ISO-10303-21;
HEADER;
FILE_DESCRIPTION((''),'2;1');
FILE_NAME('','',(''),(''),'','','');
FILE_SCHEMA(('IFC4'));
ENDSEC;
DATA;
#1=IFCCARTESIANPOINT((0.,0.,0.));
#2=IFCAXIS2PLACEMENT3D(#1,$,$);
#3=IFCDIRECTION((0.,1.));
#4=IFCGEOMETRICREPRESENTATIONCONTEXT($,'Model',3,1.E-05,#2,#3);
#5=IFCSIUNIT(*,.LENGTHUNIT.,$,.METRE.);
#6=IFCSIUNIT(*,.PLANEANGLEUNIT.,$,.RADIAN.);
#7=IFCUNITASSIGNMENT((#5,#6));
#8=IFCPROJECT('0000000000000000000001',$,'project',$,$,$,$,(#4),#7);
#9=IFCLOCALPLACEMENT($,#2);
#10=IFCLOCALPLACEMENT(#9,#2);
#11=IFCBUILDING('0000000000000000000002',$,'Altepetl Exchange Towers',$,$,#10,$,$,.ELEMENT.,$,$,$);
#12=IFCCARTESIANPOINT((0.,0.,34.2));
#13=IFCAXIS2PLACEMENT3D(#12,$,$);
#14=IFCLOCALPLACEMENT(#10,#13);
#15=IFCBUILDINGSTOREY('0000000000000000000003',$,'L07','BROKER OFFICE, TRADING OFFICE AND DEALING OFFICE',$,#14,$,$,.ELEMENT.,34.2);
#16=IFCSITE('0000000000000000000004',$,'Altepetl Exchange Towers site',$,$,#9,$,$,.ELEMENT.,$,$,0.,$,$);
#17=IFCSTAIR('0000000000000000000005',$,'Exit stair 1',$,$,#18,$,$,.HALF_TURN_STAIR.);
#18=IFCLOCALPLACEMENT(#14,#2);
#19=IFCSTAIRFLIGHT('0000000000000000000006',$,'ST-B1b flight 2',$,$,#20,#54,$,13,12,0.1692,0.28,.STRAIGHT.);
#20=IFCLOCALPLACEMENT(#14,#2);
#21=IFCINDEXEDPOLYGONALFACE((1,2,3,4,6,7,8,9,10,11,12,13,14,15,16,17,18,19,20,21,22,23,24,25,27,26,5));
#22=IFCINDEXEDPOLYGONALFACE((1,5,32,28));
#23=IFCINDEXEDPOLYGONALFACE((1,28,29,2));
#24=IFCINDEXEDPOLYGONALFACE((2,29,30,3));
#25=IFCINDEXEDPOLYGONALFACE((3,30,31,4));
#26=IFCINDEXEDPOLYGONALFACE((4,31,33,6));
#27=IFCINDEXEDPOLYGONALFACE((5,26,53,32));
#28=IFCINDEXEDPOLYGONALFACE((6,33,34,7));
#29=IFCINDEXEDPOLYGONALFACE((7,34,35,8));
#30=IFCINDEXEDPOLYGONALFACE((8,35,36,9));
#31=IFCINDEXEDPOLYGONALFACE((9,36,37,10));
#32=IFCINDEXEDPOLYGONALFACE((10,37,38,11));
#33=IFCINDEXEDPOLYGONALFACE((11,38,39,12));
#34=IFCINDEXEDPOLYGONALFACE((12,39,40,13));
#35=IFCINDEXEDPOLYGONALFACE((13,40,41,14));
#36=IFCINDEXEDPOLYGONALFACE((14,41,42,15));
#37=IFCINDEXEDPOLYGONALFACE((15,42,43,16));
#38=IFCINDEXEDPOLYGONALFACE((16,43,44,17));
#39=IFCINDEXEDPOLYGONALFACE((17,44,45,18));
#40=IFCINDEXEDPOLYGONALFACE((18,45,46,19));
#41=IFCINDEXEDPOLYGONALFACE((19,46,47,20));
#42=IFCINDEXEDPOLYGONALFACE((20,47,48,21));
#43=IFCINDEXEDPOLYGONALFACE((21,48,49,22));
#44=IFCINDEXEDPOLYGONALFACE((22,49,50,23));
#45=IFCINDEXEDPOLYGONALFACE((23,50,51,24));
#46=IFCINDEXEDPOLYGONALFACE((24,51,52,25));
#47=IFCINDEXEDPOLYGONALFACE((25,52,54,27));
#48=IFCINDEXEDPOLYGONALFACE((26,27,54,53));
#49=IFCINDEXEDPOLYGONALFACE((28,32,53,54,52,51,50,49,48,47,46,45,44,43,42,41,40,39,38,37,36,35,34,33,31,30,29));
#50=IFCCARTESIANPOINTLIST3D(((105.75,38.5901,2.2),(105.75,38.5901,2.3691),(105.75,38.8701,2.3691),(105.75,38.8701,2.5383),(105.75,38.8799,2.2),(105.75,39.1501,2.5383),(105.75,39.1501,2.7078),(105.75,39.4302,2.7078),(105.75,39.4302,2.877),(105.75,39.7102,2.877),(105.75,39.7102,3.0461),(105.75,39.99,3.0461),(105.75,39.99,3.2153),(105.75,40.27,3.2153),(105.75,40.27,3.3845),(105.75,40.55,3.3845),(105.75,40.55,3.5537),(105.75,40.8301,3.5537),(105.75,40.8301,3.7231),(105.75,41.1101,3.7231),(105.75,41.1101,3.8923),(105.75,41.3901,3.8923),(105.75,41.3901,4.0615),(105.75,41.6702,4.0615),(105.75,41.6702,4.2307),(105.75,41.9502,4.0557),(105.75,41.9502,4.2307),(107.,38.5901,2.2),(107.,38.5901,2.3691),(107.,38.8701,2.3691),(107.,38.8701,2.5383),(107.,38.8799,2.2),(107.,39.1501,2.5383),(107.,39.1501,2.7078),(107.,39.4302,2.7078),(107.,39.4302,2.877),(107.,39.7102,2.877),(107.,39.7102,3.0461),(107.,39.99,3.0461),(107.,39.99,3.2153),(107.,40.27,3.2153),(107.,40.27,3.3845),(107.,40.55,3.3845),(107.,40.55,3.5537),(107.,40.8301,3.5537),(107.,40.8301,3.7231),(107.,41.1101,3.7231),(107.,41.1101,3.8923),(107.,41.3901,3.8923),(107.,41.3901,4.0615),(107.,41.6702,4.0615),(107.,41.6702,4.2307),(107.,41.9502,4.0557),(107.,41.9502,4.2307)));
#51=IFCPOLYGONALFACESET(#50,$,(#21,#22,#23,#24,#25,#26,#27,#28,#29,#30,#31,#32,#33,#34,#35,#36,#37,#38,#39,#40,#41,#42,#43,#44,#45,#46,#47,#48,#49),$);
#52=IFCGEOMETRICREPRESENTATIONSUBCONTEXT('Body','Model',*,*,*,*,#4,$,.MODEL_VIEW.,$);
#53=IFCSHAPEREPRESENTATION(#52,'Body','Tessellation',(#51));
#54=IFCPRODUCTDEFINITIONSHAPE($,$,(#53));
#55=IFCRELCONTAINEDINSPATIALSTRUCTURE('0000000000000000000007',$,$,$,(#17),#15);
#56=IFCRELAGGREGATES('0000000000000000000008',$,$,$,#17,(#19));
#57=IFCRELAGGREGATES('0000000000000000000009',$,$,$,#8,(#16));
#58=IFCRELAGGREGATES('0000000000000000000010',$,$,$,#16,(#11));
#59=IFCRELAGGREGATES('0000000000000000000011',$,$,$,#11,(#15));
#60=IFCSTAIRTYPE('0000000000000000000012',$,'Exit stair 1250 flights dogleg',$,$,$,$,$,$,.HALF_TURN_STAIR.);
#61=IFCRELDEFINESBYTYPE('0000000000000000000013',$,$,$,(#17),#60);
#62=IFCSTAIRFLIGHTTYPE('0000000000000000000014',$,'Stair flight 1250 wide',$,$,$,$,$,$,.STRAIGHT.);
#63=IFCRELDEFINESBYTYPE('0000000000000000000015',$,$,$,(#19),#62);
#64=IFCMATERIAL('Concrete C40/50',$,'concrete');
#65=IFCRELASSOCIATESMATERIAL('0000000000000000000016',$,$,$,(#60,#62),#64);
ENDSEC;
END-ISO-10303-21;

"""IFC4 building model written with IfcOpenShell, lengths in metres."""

from ifc_helpers import new_model, si_unit, direction, frame, origin, place, context, subcontext, project, spatial, polyline, outline, extrude, material, type_object, element, aggregate, save


model = new_model("IFC4")

# Units and contexts
model_context = context("Model", 3, precision=1e-05, world=origin(), true_north=direction((0.0, 1.0)))
body_context = subcontext(model_context, "Body", "Model", "MODEL_VIEW")
ifc_project = project(units=[si_unit("LENGTHUNIT", "METRE"), si_unit("PLANEANGLEUNIT", "RADIAN")], contexts=[model_context])

# Site, building, storey
site_placement = place(None, origin())
site = spatial("IfcSite", under=ifc_project, at=site_placement, Name="Altepetl Exchange Towers site", CompositionType="ELEMENT", RefElevation=0.0)
building_placement = place(site_placement, origin())
building = spatial("IfcBuilding", under=site, at=building_placement, Name="Altepetl Exchange Towers", CompositionType="ELEMENT")
storey_placement = place(building_placement, frame((0.0, 0.0, 34.2)))
storey = spatial("IfcBuildingStorey", under=building, at=storey_placement, Name="L07", Description="BROKER OFFICE, TRADING OFFICE AND DEALING OFFICE", CompositionType="ELEMENT", Elevation=34.2)

# Shared definitions
ifc_material_1 = material(Name="Concrete C40/50", Category="concrete")

# Stair, stair flight
stair_type = type_object("IfcStairType", Name="Exit stair 1250 flights dogleg", PredefinedType="HALF_TURN_STAIR", material=ifc_material_1)
stair_placement = place(storey_placement, origin())
stair = element("IfcStair", 1, at=stair_placement, inside=storey, type_object=stair_type, Name="Exit stair 1", PredefinedType="HALF_TURN_STAIR")
stair_flight_type = type_object("IfcStairFlightType", Name="Stair flight 1250 wide", PredefinedType="STRAIGHT", material=ifc_material_1)
stair_flight_1_placement = place(storey_placement, frame((106.375, 38.5901, 2.2), z_axis=(0.0, 0.0, 1.0), x_axis=(0.0, 1.0, 0.0)))
stair_flight_1 = element("IfcStairFlight", 2, at=stair_flight_1_placement, type_object=stair_flight_type, Name="ST-B1b flight 2", NumberOfRisers=13, NumberOfTreads=12, PredefinedType="STRAIGHT", RiserHeight=0.1692, TreadLength=0.28, context=body_context, shape_type="SweptSolid", body=[
    extrude(outline(polyline([(0.0, 0.0), (0.0, 0.1692), (0.28, 0.1692), (0.28, 0.3384), (0.5601, 0.3384), (0.5601, 0.5078), (0.8401, 0.5078), (0.8401, 0.677), (1.1201, 0.677), (1.1201, 0.8462), (1.3999, 0.8462), (1.3999, 1.0154), (1.6799, 1.0154), (1.6799, 1.1846), (1.96, 1.1846), (1.96, 1.3538), (2.24, 1.3538), (2.24, 1.5232), (2.52, 1.5232), (2.52, 1.6924), (2.8, 1.6924), (2.8, 1.8616), (3.0801, 1.8616), (3.0801, 2.0308), (3.3601, 2.0308), (3.3601, 2.2), (3.3601, 1.8557), (0.2898, 0.0), (0.0, 0.0)])), frame((0.0, 0.625, 0.0), z_axis=(0.0, -1.0, 0.0), x_axis=(1.0, 0.0, 0.0)), (0.0, 0.0, 1.0), 1.25),
])
aggregate(stair, [stair_flight_1])

save(model, "model.ifc")
